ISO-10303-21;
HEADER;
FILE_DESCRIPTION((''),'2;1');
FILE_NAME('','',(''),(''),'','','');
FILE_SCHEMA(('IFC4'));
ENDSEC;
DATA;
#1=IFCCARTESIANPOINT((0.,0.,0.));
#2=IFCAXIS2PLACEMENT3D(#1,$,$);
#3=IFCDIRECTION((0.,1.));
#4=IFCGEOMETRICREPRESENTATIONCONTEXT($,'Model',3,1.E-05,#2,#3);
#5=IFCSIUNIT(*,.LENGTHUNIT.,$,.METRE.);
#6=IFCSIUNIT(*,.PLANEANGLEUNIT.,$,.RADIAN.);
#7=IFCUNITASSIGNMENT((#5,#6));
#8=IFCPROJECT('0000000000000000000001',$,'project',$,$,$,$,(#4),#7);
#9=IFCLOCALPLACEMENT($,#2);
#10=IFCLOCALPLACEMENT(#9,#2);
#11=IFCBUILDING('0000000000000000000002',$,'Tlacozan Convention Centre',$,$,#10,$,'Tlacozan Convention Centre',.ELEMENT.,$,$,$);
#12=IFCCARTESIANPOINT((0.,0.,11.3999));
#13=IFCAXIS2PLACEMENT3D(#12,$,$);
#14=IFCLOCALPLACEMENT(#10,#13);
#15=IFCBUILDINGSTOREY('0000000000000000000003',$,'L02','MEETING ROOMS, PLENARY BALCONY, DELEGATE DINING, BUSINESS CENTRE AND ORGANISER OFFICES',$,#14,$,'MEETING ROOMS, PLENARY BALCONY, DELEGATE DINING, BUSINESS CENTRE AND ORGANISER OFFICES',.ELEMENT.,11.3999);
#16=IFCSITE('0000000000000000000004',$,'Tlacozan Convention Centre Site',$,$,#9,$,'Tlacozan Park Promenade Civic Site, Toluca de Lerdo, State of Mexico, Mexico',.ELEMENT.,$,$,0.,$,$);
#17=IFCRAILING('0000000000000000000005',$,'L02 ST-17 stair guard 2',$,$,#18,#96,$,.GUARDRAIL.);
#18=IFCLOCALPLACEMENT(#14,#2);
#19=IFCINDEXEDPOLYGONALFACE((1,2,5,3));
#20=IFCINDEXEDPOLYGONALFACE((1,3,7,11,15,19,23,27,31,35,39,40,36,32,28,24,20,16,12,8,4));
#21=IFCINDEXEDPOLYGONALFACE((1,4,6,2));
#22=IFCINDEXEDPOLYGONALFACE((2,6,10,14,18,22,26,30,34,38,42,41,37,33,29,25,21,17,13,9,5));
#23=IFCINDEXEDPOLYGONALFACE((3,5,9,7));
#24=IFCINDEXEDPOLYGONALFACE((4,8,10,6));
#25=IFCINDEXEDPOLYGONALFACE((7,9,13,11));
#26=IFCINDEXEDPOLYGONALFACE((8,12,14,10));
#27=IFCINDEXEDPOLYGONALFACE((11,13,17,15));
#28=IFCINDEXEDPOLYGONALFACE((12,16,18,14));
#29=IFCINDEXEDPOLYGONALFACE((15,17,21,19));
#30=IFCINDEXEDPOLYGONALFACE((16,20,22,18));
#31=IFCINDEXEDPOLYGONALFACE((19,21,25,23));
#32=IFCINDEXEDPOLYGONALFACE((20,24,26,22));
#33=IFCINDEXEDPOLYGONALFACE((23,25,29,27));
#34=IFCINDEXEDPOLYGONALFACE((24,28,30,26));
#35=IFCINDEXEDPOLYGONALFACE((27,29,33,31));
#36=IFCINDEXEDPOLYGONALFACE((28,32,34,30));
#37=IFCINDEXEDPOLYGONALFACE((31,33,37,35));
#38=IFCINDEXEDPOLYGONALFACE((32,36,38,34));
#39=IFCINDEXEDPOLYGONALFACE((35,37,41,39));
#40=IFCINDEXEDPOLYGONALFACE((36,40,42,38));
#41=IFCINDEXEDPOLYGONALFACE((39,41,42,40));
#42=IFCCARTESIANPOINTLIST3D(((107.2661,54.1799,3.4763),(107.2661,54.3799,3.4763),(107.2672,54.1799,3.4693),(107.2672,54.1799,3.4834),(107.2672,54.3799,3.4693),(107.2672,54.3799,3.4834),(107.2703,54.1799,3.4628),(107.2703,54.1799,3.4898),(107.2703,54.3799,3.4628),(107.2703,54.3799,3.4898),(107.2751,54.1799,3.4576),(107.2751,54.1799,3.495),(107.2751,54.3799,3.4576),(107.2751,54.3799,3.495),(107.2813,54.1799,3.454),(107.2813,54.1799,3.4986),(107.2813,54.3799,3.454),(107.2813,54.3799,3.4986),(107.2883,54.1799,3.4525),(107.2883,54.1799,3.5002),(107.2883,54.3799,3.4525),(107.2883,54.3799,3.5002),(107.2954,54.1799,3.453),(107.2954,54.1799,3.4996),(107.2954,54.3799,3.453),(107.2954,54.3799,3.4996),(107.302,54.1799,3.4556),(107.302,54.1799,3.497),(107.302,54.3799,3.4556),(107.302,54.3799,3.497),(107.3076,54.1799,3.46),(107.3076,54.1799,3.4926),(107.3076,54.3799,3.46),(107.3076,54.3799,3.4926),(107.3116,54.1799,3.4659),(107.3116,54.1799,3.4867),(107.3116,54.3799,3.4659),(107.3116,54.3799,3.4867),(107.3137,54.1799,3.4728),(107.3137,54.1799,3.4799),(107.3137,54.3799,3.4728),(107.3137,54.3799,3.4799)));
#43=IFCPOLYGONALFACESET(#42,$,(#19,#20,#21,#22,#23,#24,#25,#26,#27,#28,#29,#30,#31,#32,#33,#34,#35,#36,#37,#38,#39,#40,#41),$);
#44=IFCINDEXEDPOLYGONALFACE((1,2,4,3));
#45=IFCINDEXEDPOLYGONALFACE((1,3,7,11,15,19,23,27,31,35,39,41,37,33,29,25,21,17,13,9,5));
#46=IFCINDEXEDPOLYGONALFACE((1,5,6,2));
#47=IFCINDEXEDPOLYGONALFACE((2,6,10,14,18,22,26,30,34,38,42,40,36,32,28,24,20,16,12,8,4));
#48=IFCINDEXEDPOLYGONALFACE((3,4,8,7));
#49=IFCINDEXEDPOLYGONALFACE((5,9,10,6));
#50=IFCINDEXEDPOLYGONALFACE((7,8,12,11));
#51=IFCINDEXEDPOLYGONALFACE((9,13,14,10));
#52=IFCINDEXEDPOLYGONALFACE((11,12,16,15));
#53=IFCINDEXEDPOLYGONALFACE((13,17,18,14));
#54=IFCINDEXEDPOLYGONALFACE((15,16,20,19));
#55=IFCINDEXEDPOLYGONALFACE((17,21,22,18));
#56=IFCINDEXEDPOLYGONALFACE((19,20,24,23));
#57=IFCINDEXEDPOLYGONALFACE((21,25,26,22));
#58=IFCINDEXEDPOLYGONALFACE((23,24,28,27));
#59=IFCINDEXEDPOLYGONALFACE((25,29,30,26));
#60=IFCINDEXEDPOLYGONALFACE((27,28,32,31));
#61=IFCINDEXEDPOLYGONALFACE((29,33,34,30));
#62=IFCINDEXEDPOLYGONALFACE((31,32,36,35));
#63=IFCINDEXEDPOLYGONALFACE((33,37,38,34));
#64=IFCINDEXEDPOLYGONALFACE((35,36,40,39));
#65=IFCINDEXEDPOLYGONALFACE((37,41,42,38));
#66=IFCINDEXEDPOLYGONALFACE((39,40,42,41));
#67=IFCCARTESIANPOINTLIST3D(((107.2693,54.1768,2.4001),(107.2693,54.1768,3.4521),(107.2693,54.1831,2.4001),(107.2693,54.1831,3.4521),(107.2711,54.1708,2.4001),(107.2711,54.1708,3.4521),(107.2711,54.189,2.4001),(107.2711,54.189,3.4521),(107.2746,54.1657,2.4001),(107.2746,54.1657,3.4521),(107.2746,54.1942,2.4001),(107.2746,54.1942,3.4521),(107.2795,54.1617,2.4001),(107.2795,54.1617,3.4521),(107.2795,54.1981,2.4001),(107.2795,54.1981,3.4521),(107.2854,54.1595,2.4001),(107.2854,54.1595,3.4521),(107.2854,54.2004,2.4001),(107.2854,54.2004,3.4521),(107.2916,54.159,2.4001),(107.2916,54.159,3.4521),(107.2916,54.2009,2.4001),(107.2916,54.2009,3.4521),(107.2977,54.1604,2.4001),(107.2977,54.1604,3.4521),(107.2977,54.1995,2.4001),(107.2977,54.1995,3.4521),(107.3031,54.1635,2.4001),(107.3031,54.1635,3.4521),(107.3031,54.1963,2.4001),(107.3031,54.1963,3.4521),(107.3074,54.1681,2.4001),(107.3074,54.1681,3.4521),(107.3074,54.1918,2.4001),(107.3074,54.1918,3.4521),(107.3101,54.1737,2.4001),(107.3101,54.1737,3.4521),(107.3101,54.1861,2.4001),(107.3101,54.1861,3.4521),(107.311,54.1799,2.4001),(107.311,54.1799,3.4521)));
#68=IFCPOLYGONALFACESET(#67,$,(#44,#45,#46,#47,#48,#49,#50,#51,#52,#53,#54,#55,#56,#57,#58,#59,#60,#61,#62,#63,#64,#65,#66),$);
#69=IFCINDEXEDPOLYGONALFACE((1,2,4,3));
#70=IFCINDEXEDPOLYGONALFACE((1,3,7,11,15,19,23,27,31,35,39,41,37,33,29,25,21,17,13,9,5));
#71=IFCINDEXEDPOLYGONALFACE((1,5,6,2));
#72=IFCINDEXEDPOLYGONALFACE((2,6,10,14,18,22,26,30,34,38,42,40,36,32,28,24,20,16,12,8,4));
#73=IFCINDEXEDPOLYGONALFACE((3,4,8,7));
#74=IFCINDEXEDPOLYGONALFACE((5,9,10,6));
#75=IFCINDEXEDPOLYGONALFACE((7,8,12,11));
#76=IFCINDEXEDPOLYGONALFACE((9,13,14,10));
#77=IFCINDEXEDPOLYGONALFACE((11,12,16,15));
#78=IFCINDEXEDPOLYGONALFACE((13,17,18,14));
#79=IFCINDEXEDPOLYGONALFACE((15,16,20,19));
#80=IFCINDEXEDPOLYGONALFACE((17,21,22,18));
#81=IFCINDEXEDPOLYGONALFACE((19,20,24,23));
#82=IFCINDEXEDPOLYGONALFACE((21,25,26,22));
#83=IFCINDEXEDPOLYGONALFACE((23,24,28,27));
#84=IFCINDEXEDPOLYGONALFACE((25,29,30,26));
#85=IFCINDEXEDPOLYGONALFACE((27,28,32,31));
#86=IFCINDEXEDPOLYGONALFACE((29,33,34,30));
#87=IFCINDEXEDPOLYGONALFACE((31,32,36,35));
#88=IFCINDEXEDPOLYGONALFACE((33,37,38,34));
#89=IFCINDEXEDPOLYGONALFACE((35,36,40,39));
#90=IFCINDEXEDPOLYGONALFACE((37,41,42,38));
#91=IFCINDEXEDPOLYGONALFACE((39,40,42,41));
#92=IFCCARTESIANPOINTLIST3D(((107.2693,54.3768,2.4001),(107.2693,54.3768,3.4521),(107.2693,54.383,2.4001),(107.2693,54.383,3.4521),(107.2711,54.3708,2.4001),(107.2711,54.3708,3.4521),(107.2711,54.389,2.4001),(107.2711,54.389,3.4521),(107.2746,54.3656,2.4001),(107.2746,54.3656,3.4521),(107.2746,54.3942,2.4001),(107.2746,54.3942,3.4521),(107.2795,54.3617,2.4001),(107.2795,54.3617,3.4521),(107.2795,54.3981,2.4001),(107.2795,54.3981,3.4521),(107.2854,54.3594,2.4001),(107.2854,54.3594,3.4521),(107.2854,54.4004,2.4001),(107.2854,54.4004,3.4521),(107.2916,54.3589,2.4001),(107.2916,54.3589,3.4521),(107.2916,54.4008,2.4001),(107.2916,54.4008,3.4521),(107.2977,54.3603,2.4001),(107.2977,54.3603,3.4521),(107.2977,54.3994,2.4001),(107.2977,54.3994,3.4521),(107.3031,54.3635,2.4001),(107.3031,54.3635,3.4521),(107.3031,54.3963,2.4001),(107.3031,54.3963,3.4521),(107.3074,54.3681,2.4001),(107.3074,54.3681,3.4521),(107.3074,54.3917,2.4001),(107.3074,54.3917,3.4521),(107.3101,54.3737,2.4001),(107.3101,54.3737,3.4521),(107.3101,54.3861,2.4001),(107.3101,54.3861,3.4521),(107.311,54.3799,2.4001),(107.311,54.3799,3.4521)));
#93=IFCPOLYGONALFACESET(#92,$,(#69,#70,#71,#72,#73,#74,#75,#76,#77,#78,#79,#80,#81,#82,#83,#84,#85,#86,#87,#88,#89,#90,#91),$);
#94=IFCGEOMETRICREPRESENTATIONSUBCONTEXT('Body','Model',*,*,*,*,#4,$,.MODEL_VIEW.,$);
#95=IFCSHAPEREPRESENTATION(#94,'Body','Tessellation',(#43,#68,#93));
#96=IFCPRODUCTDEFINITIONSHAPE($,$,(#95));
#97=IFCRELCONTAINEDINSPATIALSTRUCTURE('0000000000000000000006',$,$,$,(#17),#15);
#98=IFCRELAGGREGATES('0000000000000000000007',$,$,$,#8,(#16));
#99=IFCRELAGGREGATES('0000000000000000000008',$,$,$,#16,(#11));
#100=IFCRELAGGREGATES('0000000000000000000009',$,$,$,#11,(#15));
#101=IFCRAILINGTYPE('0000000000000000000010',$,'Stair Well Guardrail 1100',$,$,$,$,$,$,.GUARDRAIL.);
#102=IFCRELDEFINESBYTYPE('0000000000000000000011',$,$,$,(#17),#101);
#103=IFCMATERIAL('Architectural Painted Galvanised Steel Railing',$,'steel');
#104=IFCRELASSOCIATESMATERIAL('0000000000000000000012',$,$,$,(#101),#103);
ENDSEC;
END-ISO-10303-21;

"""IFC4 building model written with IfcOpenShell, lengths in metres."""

from ifc_helpers import new_model, si_unit, direction, frame, origin, origin_2d, place, context, subcontext, project, spatial, circle, extrude, material, type_object, element, save


model = new_model("IFC4")

# Units and contexts
model_context = context("Model", 3, precision=1e-05, world=origin(), true_north=direction((0.0, 1.0)))
body_context = subcontext(model_context, "Body", "Model", "MODEL_VIEW")
ifc_project = project(units=[si_unit("LENGTHUNIT", "METRE"), si_unit("PLANEANGLEUNIT", "RADIAN")], contexts=[model_context])

# Site, building, storey
site_placement = place(None, origin())
site = spatial("IfcSite", under=ifc_project, at=site_placement, Name="Tlacozan Convention Centre Site", LongName="Tlacozan Park Promenade Civic Site, Toluca de Lerdo, State of Mexico, Mexico", CompositionType="ELEMENT", RefElevation=0.0)
building_placement = place(site_placement, origin())
building = spatial("IfcBuilding", under=site, at=building_placement, Name="Tlacozan Convention Centre", LongName="Tlacozan Convention Centre", CompositionType="ELEMENT")
storey_placement = place(building_placement, frame((0.0, 0.0, 11.3999)))
storey = spatial("IfcBuildingStorey", under=building, at=storey_placement, Name="L02", Description="MEETING ROOMS, PLENARY BALCONY, DELEGATE DINING, BUSINESS CENTRE AND ORGANISER OFFICES", LongName="MEETING ROOMS, PLENARY BALCONY, DELEGATE DINING, BUSINESS CENTRE AND ORGANISER OFFICES", CompositionType="ELEMENT", Elevation=11.3999)

# Railing
ifc_material_1 = material(Name="Architectural Painted Galvanised Steel Railing", Category="steel")
railing_type_1 = type_object("IfcRailingType", Name="Stair Well Guardrail 1100", PredefinedType="GUARDRAIL", material=ifc_material_1)
railing_1_placement = place(storey_placement, frame((107.29, 54.1799, 2.4001)))
element("IfcRailing", 1, at=railing_1_placement, inside=storey, type_object=railing_type_1, Name="L02 ST-17 stair guard 2", PredefinedType="GUARDRAIL", context=body_context, shape_type="SweptSolid", body=[
    extrude(circle(Radius=0.0239, at=origin_2d()), frame((0.0, 0.0, 1.0762), z_axis=(0.0, 1.0, 0.0), x_axis=(-1.0, 0.0, 0.0)), (0.0, 0.0, 1.0), 0.2),
    extrude(circle(Radius=0.021, at=origin_2d()), origin(), (0.0, 0.0, 1.0), 1.052),
    extrude(circle(Radius=0.021, at=origin_2d()), frame((0.0, 0.2, 0.0)), (0.0, 0.0, 1.0), 1.052),
])

save(model, "model.ifc")
